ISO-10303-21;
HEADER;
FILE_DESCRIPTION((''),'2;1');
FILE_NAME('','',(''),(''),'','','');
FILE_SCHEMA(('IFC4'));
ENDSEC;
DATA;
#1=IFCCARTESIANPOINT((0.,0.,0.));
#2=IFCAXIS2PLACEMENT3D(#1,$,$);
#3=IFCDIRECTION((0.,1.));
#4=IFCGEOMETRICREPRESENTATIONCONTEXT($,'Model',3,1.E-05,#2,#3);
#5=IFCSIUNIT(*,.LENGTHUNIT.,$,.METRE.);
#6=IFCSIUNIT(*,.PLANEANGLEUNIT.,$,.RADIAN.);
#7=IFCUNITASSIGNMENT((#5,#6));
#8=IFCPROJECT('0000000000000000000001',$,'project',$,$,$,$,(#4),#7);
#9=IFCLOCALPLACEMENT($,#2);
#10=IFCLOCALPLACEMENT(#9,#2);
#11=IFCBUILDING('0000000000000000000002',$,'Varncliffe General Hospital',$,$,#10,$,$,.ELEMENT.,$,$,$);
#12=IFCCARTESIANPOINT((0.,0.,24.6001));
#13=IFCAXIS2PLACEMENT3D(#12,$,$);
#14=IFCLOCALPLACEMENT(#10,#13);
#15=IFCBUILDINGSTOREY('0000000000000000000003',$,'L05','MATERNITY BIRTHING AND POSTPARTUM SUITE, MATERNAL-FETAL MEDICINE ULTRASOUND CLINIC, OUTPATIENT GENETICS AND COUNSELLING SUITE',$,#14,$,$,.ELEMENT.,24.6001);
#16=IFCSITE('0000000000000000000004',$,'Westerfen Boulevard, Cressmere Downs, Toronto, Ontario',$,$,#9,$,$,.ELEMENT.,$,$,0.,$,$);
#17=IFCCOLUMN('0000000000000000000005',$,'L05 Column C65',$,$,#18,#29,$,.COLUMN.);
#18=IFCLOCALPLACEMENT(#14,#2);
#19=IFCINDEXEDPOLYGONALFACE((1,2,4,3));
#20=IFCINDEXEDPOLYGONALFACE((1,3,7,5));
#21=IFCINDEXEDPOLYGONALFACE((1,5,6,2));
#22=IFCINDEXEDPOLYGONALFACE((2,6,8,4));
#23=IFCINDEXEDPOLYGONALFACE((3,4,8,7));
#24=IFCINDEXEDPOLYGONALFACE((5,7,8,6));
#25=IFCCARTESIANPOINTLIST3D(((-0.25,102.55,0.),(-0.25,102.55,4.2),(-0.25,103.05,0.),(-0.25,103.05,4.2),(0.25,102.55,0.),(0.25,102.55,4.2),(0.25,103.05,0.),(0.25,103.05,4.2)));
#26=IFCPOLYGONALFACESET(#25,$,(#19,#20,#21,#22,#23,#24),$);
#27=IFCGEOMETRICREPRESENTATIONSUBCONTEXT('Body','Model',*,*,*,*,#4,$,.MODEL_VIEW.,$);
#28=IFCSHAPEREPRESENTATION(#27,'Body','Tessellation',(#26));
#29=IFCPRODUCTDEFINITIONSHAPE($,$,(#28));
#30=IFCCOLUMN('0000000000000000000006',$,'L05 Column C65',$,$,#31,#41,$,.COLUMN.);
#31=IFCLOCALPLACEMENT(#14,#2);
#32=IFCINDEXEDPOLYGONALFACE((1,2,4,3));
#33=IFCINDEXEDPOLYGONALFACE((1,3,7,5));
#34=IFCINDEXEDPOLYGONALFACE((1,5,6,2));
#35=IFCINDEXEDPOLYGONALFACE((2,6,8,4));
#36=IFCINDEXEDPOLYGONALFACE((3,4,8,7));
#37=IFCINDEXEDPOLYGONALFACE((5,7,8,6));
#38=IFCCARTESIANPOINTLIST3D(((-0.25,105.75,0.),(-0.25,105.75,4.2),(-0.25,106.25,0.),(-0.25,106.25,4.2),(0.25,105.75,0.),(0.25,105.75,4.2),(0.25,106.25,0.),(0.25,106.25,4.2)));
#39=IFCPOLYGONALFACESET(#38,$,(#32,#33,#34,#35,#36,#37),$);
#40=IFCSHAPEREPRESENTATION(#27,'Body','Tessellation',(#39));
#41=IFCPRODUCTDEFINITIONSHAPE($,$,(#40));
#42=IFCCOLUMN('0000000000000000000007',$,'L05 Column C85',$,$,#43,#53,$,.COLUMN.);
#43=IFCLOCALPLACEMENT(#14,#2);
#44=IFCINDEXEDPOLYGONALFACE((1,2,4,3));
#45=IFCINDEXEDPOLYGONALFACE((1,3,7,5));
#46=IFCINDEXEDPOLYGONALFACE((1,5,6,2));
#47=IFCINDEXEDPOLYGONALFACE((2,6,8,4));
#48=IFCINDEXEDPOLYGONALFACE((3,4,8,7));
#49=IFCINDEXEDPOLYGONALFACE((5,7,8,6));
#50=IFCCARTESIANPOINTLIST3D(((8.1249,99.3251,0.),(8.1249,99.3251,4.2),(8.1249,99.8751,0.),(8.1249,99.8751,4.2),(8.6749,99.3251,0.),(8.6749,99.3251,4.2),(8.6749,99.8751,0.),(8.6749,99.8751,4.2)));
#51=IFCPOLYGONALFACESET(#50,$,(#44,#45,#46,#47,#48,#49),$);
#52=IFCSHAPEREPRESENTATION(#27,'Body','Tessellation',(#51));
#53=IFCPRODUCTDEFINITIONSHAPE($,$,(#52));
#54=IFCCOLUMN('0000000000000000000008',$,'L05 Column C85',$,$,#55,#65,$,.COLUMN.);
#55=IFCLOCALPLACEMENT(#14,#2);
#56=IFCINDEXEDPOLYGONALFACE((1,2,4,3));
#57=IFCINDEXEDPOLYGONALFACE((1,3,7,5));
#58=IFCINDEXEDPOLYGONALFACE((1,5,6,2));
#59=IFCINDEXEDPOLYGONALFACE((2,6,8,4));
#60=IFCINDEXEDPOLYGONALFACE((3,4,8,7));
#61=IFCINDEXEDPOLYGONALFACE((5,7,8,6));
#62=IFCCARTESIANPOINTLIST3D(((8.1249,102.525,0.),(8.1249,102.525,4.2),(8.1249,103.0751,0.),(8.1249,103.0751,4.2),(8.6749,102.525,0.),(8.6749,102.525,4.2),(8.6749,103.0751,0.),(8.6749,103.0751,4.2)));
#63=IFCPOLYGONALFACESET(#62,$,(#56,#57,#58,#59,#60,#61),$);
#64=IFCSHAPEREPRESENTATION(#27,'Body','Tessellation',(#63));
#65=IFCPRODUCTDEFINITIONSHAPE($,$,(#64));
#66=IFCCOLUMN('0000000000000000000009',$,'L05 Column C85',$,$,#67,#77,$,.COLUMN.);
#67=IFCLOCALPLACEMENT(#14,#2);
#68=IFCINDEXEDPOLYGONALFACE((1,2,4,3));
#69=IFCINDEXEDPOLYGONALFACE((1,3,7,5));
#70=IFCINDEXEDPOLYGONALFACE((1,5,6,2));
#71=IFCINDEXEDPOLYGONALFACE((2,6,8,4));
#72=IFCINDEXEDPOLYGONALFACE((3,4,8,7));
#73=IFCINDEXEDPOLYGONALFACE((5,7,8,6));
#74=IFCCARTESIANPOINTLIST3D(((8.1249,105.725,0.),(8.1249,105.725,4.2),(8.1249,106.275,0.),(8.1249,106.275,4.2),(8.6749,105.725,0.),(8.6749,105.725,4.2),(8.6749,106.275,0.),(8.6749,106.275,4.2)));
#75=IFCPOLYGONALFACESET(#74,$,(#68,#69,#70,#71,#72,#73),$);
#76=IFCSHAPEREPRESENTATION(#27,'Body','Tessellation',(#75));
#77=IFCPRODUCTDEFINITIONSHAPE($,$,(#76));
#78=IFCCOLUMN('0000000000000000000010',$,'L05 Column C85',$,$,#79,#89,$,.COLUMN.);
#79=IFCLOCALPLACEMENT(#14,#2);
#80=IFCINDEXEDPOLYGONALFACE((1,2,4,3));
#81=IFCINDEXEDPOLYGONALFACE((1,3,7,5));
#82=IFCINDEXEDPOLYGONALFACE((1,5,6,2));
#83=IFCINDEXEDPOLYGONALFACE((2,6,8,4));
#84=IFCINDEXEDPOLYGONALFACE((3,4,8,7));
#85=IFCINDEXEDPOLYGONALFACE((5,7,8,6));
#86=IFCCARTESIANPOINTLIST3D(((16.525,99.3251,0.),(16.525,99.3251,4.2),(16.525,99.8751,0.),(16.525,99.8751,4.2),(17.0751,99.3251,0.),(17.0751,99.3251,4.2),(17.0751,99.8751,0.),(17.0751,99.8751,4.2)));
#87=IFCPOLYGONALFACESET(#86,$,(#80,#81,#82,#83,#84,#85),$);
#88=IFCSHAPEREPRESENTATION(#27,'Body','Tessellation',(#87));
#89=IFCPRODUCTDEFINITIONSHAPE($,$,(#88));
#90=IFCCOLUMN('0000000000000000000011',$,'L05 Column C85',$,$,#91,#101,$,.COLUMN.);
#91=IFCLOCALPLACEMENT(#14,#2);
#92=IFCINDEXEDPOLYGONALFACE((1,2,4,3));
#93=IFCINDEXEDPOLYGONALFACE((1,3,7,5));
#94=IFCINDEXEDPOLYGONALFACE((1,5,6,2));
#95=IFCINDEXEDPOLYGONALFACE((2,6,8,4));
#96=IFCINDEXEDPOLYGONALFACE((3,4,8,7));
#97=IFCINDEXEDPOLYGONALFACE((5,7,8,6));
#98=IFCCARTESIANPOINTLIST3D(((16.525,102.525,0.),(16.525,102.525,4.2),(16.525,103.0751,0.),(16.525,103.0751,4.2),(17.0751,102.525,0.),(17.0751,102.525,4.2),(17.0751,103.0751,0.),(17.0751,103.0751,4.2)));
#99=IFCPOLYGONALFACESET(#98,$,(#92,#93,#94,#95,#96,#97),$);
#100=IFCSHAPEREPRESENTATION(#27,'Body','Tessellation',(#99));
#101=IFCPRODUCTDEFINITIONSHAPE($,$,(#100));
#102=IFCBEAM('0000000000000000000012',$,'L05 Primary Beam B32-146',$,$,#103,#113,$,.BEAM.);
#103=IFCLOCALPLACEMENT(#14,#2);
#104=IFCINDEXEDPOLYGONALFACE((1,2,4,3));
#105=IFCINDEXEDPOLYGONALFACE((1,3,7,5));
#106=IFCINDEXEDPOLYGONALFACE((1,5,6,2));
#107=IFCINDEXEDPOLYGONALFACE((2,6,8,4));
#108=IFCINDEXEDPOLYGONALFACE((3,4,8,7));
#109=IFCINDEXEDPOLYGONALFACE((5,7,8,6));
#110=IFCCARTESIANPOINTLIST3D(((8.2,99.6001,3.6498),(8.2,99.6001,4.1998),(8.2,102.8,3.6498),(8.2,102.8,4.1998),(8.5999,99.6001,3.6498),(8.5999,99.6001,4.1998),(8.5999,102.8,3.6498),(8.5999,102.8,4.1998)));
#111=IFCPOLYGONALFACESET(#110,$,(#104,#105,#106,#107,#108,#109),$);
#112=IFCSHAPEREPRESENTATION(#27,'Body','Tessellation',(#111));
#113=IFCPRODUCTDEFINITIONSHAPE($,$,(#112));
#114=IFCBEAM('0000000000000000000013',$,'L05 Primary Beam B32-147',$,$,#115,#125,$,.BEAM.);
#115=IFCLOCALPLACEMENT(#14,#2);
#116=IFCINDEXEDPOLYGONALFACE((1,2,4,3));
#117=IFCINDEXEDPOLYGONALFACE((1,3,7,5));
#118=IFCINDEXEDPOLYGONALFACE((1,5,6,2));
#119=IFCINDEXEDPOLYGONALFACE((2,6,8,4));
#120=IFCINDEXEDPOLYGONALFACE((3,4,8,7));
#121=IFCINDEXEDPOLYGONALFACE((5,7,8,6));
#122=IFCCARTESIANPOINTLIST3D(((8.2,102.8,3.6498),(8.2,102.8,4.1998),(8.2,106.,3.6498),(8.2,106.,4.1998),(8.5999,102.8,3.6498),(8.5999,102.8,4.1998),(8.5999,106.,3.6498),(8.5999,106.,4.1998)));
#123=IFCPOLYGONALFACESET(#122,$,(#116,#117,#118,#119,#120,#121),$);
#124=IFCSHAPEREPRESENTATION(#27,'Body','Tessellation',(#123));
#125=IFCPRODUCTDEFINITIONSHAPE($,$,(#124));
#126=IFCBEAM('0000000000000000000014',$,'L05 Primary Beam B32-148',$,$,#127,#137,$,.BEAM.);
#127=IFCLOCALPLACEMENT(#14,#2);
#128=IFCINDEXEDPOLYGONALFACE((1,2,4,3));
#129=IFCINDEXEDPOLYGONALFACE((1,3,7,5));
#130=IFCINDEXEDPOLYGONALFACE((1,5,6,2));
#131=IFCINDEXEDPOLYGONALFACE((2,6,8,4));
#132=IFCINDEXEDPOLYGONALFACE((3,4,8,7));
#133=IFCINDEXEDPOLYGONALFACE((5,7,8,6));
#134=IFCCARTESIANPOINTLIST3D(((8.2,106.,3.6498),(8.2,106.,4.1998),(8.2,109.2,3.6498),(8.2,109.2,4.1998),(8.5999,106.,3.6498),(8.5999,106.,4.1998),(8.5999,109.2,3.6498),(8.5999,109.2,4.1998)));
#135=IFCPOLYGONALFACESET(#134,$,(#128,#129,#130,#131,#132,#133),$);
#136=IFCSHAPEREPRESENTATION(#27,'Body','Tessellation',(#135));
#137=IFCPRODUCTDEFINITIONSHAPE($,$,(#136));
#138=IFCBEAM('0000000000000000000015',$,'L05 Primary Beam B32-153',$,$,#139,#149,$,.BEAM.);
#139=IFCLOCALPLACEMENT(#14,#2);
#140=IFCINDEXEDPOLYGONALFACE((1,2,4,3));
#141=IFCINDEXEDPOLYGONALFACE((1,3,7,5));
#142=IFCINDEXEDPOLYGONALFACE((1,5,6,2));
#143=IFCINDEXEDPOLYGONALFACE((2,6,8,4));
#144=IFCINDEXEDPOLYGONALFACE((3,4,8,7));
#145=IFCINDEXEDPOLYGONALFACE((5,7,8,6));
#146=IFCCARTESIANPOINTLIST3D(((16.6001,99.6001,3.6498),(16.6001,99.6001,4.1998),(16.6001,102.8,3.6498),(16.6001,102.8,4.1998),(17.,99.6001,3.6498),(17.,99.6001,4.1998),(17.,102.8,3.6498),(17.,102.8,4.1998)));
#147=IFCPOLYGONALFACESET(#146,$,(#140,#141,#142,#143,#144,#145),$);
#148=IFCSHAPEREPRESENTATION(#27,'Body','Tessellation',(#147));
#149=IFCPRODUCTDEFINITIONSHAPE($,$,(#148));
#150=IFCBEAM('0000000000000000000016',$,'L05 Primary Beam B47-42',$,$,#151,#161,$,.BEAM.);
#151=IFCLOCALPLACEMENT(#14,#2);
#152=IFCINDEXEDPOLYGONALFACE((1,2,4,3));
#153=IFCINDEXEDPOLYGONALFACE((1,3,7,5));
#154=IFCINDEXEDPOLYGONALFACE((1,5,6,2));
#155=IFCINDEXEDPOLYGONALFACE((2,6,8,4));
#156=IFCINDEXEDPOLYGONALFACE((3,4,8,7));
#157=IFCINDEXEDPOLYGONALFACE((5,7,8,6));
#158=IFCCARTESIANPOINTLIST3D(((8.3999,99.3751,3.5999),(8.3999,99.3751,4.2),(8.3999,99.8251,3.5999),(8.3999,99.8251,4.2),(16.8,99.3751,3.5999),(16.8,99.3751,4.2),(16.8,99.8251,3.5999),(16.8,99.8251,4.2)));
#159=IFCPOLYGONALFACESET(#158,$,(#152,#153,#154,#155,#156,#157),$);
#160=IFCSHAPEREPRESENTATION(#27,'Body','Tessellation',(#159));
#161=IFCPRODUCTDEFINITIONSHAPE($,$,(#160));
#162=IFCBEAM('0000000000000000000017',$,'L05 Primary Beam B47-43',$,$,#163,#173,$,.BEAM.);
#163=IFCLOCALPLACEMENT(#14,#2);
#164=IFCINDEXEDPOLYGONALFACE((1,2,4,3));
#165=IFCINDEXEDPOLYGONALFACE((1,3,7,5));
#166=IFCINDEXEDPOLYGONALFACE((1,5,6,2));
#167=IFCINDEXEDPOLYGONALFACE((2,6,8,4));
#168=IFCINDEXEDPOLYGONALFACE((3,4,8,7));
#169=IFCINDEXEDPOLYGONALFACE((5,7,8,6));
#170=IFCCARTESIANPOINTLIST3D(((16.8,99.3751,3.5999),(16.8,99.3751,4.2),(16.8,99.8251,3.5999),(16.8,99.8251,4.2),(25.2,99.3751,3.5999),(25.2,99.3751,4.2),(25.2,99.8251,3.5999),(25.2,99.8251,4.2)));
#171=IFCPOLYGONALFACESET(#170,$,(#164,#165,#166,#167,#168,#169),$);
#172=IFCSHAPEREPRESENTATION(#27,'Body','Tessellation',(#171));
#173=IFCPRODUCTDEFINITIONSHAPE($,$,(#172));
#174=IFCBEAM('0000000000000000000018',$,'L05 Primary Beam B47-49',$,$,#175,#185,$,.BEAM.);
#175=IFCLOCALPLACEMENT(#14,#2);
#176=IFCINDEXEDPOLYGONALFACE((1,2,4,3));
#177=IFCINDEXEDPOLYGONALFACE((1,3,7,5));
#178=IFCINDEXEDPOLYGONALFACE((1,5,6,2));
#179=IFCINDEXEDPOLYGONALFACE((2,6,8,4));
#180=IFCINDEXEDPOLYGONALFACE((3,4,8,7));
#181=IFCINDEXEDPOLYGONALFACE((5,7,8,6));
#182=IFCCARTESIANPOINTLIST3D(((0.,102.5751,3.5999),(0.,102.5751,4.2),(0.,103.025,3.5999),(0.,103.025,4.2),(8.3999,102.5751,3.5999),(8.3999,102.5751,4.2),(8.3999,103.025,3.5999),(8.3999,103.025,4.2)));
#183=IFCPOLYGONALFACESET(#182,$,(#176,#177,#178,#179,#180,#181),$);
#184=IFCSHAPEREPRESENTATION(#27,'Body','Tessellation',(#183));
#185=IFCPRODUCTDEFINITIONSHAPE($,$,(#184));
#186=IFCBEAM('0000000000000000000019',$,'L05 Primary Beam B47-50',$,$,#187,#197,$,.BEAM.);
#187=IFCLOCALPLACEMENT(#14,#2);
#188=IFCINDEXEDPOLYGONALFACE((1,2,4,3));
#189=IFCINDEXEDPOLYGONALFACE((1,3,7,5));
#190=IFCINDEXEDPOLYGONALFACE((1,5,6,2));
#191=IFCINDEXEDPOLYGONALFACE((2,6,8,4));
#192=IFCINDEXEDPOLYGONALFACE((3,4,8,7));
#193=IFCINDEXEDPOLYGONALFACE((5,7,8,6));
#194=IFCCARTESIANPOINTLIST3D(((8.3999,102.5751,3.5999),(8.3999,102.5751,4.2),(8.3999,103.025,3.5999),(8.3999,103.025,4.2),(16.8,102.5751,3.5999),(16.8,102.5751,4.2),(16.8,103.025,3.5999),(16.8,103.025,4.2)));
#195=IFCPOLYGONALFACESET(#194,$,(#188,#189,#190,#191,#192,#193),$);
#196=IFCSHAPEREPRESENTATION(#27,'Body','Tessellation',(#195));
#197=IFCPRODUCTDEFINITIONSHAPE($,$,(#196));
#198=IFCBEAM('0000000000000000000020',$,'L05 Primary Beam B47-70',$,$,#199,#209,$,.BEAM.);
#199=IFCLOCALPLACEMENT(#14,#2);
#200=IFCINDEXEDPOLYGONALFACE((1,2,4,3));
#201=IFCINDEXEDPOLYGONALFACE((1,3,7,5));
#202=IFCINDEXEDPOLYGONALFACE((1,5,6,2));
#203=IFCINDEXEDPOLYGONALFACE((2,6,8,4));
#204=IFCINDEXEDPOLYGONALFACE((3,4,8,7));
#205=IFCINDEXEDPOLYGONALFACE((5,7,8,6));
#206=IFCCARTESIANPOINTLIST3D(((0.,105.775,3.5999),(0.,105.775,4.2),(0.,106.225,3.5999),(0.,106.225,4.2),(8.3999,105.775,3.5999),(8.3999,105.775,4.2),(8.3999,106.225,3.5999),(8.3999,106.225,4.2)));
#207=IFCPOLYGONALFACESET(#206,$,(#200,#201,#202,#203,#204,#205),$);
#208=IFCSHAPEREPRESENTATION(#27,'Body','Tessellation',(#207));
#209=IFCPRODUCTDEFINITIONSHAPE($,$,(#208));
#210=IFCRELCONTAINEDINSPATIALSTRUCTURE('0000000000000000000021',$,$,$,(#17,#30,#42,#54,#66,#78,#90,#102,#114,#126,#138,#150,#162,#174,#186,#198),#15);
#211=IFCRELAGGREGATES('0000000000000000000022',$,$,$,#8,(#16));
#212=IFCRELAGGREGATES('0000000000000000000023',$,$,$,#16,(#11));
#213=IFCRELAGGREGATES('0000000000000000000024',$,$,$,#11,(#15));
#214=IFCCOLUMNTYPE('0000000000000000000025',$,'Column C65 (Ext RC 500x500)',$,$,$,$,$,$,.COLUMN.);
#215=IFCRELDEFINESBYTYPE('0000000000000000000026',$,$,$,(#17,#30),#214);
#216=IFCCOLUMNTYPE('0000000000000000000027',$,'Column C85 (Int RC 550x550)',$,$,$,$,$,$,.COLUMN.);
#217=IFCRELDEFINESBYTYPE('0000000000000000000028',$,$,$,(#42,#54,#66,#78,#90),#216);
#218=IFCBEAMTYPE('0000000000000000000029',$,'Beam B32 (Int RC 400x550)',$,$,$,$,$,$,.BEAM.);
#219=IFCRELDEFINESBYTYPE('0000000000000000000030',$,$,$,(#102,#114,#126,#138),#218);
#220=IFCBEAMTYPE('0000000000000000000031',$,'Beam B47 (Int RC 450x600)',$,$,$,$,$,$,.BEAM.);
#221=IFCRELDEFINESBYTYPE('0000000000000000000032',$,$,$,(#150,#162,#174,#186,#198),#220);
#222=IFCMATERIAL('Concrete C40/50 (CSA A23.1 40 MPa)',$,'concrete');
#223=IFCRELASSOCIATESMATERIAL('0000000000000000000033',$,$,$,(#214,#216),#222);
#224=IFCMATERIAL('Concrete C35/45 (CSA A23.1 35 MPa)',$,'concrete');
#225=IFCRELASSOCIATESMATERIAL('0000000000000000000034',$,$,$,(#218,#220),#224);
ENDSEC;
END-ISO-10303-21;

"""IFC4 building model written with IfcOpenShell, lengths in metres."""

from ifc_helpers import new_model, si_unit, direction, frame, origin, origin_2d, place, context, subcontext, project, spatial, rectangle, extrude, material, material_profile, profile_set, type_object, element, save


model = new_model("IFC4")

# Units and contexts
model_context = context("Model", 3, precision=1e-05, world=origin(), true_north=direction((0.0, 1.0)))
body_context = subcontext(model_context, "Body", "Model", "MODEL_VIEW")
ifc_project = project(units=[si_unit("LENGTHUNIT", "METRE"), si_unit("PLANEANGLEUNIT", "RADIAN")], contexts=[model_context])

# Site, building, storey
site_placement = place(None, origin())
site = spatial("IfcSite", under=ifc_project, at=site_placement, Name="Westerfen Boulevard, Cressmere Downs, Toronto, Ontario", CompositionType="ELEMENT", RefElevation=0.0)
building_placement = place(site_placement, origin())
building = spatial("IfcBuilding", under=site, at=building_placement, Name="Varncliffe General Hospital", CompositionType="ELEMENT")
storey_placement = place(building_placement, frame((0.0, 0.0, 24.6001)))
storey = spatial("IfcBuildingStorey", under=building, at=storey_placement, Name="L05", Description="MATERNITY BIRTHING AND POSTPARTUM SUITE, MATERNAL-FETAL MEDICINE ULTRASOUND CLINIC, OUTPATIENT GENETICS AND COUNSELLING SUITE", CompositionType="ELEMENT", Elevation=24.6001)

# Columns
ifc_material_1 = material(Name="Concrete C40/50 (CSA A23.1 40 MPa)", Category="concrete")
ifc_material_profile_1 = material_profile(ifc_material_1, rectangle(XDim=0.5, YDim=0.5, at=origin_2d()), Name="RC 500x500")
ifc_profile_set_1 = profile_set([ifc_material_profile_1], Name="Concrete C40/50 (CSA A23.1 40 MPa)")
column_type_1 = type_object("IfcColumnType", Name="Column C65 (Ext RC 500x500)", PredefinedType="COLUMN", material=ifc_profile_set_1)
for number, where, z_axis, x_axis, name in (
    (1, (0.0, 102.8, 0.0), (0.0, 0.0, 1.0), (1.0, 0.0, 0.0), "L05 Column C65"),
    (2, (0.0, 106.0, 0.0), (0.0, 0.0, 1.0), (1.0, 0.0, 0.0), "L05 Column C65"),
):
    element("IfcColumn", number, at=place(storey_placement, frame(where, z_axis=z_axis, x_axis=x_axis)), inside=storey, type_object=column_type_1, Name=name, PredefinedType="COLUMN", context=body_context, shape_type="SweptSolid", body=[
        extrude(rectangle(XDim=0.5, YDim=0.5, at=origin_2d()), origin(), (0.0, 0.0, 1.0), 4.2),
    ])
ifc_material_profile_2 = material_profile(ifc_material_1, rectangle(XDim=0.55, YDim=0.55, at=origin_2d()), Name="RC 550x550")
ifc_profile_set_2 = profile_set([ifc_material_profile_2], Name="Concrete C40/50 (CSA A23.1 40 MPa)")
column_type_2 = type_object("IfcColumnType", Name="Column C85 (Int RC 550x550)", PredefinedType="COLUMN", material=ifc_profile_set_2)
for number, where, z_axis, x_axis, name in (
    (3, (8.3999, 99.6001, 0.0), (0.0, 0.0, 1.0), (1.0, 0.0, 0.0), "L05 Column C85"),
    (4, (8.3999, 102.8, 0.0), (0.0, 0.0, 1.0), (1.0, 0.0, 0.0), "L05 Column C85"),
    (5, (8.3999, 106.0, 0.0), (0.0, 0.0, 1.0), (1.0, 0.0, 0.0), "L05 Column C85"),
    (6, (16.8, 99.6001, 0.0), (0.0, 0.0, 1.0), (1.0, 0.0, 0.0), "L05 Column C85"),
    (7, (16.8, 102.8, 0.0), (0.0, 0.0, 1.0), (1.0, 0.0, 0.0), "L05 Column C85"),
):
    element("IfcColumn", number, at=place(storey_placement, frame(where, z_axis=z_axis, x_axis=x_axis)), inside=storey, type_object=column_type_2, Name=name, PredefinedType="COLUMN", context=body_context, shape_type="SweptSolid", body=[
        extrude(rectangle(XDim=0.55, YDim=0.55, at=origin_2d()), origin(), (0.0, 0.0, 1.0), 4.2),
    ])

# Beams
ifc_material_2 = material(Name="Concrete C35/45 (CSA A23.1 35 MPa)", Category="concrete")
ifc_material_profile_3 = material_profile(ifc_material_2, rectangle(XDim=0.3999, YDim=0.55, at=origin_2d()), Name="RC 400x550")
ifc_profile_set_3 = profile_set([ifc_material_profile_3], Name="Concrete C35/45 (CSA A23.1 35 MPa)")
beam_type_1 = type_object("IfcBeamType", Name="Beam B32 (Int RC 400x550)", PredefinedType="BEAM", material=ifc_profile_set_3)
for number, where, z_axis, x_axis, name in (
    (8, (8.3999, 99.6001, 3.9248), (0.0, 1.0, 0.0), (-1.0, 0.0, 0.0), "L05 Primary Beam B32-146"),
    (9, (8.3999, 102.8, 3.9248), (0.0, 1.0, 0.0), (-1.0, 0.0, 0.0), "L05 Primary Beam B32-147"),
    (10, (8.3999, 106.0, 3.9248), (0.0, 1.0, 0.0), (-1.0, 0.0, 0.0), "L05 Primary Beam B32-148"),
    (11, (16.8, 99.6001, 3.9248), (0.0, 1.0, 0.0), (-1.0, 0.0, 0.0), "L05 Primary Beam B32-153"),
):
    element("IfcBeam", number, at=place(storey_placement, frame(where, z_axis=z_axis, x_axis=x_axis)), inside=storey, type_object=beam_type_1, Name=name, PredefinedType="BEAM", context=body_context, shape_type="SweptSolid", body=[
        extrude(rectangle(XDim=0.3999, YDim=0.55, at=origin_2d()), origin(), (0.0, 0.0, 1.0), 3.2),
    ])
ifc_material_profile_4 = material_profile(ifc_material_2, rectangle(XDim=0.45, YDim=0.6001, at=origin_2d()), Name="RC 450x600")
ifc_profile_set_4 = profile_set([ifc_material_profile_4], Name="Concrete C35/45 (CSA A23.1 35 MPa)")
beam_type_2 = type_object("IfcBeamType", Name="Beam B47 (Int RC 450x600)", PredefinedType="BEAM", material=ifc_profile_set_4)
beam_1_placement = place(storey_placement, frame((8.3999, 99.6001, 3.8999), z_axis=(1.0, 0.0, 0.0), x_axis=(0.0, 1.0, 0.0)))
element("IfcBeam", 12, at=beam_1_placement, inside=storey, type_object=beam_type_2, Name="L05 Primary Beam B47-42", PredefinedType="BEAM", context=body_context, shape_type="SweptSolid", body=[
    extrude(rectangle(XDim=0.45, YDim=0.6001, at=origin_2d()), origin(), (0.0, 0.0, 1.0), 8.4001),
])
for number, where, z_axis, x_axis, name in (
    (13, (16.8, 99.6001, 3.8999), (1.0, 0.0, 0.0), (0.0, 1.0, 0.0), "L05 Primary Beam B47-43"),
    (14, (0.0, 102.8, 3.8999), (1.0, 0.0, 0.0), (0.0, 1.0, 0.0), "L05 Primary Beam B47-49"),
):
    element("IfcBeam", number, at=place(storey_placement, frame(where, z_axis=z_axis, x_axis=x_axis)), inside=storey, type_object=beam_type_2, Name=name, PredefinedType="BEAM", context=body_context, shape_type="SweptSolid", body=[
        extrude(rectangle(XDim=0.45, YDim=0.6001, at=origin_2d()), origin(), (0.0, 0.0, 1.0), 8.3999),
    ])
beam_2_placement = place(storey_placement, frame((8.3999, 102.8, 3.8999), z_axis=(1.0, 0.0, 0.0), x_axis=(0.0, 1.0, 0.0)))
element("IfcBeam", 15, at=beam_2_placement, inside=storey, type_object=beam_type_2, Name="L05 Primary Beam B47-50", PredefinedType="BEAM", context=body_context, shape_type="SweptSolid", body=[
    extrude(rectangle(XDim=0.45, YDim=0.6001, at=origin_2d()), origin(), (0.0, 0.0, 1.0), 8.4001),
])
beam_3_placement = place(storey_placement, frame((0.0, 106.0, 3.8999), z_axis=(1.0, 0.0, 0.0), x_axis=(0.0, 1.0, 0.0)))
element("IfcBeam", 16, at=beam_3_placement, inside=storey, type_object=beam_type_2, Name="L05 Primary Beam B47-70", PredefinedType="BEAM", context=body_context, shape_type="SweptSolid", body=[
    extrude(rectangle(XDim=0.45, YDim=0.6001, at=origin_2d()), origin(), (0.0, 0.0, 1.0), 8.3999),
])

save(model, "model.ifc")
